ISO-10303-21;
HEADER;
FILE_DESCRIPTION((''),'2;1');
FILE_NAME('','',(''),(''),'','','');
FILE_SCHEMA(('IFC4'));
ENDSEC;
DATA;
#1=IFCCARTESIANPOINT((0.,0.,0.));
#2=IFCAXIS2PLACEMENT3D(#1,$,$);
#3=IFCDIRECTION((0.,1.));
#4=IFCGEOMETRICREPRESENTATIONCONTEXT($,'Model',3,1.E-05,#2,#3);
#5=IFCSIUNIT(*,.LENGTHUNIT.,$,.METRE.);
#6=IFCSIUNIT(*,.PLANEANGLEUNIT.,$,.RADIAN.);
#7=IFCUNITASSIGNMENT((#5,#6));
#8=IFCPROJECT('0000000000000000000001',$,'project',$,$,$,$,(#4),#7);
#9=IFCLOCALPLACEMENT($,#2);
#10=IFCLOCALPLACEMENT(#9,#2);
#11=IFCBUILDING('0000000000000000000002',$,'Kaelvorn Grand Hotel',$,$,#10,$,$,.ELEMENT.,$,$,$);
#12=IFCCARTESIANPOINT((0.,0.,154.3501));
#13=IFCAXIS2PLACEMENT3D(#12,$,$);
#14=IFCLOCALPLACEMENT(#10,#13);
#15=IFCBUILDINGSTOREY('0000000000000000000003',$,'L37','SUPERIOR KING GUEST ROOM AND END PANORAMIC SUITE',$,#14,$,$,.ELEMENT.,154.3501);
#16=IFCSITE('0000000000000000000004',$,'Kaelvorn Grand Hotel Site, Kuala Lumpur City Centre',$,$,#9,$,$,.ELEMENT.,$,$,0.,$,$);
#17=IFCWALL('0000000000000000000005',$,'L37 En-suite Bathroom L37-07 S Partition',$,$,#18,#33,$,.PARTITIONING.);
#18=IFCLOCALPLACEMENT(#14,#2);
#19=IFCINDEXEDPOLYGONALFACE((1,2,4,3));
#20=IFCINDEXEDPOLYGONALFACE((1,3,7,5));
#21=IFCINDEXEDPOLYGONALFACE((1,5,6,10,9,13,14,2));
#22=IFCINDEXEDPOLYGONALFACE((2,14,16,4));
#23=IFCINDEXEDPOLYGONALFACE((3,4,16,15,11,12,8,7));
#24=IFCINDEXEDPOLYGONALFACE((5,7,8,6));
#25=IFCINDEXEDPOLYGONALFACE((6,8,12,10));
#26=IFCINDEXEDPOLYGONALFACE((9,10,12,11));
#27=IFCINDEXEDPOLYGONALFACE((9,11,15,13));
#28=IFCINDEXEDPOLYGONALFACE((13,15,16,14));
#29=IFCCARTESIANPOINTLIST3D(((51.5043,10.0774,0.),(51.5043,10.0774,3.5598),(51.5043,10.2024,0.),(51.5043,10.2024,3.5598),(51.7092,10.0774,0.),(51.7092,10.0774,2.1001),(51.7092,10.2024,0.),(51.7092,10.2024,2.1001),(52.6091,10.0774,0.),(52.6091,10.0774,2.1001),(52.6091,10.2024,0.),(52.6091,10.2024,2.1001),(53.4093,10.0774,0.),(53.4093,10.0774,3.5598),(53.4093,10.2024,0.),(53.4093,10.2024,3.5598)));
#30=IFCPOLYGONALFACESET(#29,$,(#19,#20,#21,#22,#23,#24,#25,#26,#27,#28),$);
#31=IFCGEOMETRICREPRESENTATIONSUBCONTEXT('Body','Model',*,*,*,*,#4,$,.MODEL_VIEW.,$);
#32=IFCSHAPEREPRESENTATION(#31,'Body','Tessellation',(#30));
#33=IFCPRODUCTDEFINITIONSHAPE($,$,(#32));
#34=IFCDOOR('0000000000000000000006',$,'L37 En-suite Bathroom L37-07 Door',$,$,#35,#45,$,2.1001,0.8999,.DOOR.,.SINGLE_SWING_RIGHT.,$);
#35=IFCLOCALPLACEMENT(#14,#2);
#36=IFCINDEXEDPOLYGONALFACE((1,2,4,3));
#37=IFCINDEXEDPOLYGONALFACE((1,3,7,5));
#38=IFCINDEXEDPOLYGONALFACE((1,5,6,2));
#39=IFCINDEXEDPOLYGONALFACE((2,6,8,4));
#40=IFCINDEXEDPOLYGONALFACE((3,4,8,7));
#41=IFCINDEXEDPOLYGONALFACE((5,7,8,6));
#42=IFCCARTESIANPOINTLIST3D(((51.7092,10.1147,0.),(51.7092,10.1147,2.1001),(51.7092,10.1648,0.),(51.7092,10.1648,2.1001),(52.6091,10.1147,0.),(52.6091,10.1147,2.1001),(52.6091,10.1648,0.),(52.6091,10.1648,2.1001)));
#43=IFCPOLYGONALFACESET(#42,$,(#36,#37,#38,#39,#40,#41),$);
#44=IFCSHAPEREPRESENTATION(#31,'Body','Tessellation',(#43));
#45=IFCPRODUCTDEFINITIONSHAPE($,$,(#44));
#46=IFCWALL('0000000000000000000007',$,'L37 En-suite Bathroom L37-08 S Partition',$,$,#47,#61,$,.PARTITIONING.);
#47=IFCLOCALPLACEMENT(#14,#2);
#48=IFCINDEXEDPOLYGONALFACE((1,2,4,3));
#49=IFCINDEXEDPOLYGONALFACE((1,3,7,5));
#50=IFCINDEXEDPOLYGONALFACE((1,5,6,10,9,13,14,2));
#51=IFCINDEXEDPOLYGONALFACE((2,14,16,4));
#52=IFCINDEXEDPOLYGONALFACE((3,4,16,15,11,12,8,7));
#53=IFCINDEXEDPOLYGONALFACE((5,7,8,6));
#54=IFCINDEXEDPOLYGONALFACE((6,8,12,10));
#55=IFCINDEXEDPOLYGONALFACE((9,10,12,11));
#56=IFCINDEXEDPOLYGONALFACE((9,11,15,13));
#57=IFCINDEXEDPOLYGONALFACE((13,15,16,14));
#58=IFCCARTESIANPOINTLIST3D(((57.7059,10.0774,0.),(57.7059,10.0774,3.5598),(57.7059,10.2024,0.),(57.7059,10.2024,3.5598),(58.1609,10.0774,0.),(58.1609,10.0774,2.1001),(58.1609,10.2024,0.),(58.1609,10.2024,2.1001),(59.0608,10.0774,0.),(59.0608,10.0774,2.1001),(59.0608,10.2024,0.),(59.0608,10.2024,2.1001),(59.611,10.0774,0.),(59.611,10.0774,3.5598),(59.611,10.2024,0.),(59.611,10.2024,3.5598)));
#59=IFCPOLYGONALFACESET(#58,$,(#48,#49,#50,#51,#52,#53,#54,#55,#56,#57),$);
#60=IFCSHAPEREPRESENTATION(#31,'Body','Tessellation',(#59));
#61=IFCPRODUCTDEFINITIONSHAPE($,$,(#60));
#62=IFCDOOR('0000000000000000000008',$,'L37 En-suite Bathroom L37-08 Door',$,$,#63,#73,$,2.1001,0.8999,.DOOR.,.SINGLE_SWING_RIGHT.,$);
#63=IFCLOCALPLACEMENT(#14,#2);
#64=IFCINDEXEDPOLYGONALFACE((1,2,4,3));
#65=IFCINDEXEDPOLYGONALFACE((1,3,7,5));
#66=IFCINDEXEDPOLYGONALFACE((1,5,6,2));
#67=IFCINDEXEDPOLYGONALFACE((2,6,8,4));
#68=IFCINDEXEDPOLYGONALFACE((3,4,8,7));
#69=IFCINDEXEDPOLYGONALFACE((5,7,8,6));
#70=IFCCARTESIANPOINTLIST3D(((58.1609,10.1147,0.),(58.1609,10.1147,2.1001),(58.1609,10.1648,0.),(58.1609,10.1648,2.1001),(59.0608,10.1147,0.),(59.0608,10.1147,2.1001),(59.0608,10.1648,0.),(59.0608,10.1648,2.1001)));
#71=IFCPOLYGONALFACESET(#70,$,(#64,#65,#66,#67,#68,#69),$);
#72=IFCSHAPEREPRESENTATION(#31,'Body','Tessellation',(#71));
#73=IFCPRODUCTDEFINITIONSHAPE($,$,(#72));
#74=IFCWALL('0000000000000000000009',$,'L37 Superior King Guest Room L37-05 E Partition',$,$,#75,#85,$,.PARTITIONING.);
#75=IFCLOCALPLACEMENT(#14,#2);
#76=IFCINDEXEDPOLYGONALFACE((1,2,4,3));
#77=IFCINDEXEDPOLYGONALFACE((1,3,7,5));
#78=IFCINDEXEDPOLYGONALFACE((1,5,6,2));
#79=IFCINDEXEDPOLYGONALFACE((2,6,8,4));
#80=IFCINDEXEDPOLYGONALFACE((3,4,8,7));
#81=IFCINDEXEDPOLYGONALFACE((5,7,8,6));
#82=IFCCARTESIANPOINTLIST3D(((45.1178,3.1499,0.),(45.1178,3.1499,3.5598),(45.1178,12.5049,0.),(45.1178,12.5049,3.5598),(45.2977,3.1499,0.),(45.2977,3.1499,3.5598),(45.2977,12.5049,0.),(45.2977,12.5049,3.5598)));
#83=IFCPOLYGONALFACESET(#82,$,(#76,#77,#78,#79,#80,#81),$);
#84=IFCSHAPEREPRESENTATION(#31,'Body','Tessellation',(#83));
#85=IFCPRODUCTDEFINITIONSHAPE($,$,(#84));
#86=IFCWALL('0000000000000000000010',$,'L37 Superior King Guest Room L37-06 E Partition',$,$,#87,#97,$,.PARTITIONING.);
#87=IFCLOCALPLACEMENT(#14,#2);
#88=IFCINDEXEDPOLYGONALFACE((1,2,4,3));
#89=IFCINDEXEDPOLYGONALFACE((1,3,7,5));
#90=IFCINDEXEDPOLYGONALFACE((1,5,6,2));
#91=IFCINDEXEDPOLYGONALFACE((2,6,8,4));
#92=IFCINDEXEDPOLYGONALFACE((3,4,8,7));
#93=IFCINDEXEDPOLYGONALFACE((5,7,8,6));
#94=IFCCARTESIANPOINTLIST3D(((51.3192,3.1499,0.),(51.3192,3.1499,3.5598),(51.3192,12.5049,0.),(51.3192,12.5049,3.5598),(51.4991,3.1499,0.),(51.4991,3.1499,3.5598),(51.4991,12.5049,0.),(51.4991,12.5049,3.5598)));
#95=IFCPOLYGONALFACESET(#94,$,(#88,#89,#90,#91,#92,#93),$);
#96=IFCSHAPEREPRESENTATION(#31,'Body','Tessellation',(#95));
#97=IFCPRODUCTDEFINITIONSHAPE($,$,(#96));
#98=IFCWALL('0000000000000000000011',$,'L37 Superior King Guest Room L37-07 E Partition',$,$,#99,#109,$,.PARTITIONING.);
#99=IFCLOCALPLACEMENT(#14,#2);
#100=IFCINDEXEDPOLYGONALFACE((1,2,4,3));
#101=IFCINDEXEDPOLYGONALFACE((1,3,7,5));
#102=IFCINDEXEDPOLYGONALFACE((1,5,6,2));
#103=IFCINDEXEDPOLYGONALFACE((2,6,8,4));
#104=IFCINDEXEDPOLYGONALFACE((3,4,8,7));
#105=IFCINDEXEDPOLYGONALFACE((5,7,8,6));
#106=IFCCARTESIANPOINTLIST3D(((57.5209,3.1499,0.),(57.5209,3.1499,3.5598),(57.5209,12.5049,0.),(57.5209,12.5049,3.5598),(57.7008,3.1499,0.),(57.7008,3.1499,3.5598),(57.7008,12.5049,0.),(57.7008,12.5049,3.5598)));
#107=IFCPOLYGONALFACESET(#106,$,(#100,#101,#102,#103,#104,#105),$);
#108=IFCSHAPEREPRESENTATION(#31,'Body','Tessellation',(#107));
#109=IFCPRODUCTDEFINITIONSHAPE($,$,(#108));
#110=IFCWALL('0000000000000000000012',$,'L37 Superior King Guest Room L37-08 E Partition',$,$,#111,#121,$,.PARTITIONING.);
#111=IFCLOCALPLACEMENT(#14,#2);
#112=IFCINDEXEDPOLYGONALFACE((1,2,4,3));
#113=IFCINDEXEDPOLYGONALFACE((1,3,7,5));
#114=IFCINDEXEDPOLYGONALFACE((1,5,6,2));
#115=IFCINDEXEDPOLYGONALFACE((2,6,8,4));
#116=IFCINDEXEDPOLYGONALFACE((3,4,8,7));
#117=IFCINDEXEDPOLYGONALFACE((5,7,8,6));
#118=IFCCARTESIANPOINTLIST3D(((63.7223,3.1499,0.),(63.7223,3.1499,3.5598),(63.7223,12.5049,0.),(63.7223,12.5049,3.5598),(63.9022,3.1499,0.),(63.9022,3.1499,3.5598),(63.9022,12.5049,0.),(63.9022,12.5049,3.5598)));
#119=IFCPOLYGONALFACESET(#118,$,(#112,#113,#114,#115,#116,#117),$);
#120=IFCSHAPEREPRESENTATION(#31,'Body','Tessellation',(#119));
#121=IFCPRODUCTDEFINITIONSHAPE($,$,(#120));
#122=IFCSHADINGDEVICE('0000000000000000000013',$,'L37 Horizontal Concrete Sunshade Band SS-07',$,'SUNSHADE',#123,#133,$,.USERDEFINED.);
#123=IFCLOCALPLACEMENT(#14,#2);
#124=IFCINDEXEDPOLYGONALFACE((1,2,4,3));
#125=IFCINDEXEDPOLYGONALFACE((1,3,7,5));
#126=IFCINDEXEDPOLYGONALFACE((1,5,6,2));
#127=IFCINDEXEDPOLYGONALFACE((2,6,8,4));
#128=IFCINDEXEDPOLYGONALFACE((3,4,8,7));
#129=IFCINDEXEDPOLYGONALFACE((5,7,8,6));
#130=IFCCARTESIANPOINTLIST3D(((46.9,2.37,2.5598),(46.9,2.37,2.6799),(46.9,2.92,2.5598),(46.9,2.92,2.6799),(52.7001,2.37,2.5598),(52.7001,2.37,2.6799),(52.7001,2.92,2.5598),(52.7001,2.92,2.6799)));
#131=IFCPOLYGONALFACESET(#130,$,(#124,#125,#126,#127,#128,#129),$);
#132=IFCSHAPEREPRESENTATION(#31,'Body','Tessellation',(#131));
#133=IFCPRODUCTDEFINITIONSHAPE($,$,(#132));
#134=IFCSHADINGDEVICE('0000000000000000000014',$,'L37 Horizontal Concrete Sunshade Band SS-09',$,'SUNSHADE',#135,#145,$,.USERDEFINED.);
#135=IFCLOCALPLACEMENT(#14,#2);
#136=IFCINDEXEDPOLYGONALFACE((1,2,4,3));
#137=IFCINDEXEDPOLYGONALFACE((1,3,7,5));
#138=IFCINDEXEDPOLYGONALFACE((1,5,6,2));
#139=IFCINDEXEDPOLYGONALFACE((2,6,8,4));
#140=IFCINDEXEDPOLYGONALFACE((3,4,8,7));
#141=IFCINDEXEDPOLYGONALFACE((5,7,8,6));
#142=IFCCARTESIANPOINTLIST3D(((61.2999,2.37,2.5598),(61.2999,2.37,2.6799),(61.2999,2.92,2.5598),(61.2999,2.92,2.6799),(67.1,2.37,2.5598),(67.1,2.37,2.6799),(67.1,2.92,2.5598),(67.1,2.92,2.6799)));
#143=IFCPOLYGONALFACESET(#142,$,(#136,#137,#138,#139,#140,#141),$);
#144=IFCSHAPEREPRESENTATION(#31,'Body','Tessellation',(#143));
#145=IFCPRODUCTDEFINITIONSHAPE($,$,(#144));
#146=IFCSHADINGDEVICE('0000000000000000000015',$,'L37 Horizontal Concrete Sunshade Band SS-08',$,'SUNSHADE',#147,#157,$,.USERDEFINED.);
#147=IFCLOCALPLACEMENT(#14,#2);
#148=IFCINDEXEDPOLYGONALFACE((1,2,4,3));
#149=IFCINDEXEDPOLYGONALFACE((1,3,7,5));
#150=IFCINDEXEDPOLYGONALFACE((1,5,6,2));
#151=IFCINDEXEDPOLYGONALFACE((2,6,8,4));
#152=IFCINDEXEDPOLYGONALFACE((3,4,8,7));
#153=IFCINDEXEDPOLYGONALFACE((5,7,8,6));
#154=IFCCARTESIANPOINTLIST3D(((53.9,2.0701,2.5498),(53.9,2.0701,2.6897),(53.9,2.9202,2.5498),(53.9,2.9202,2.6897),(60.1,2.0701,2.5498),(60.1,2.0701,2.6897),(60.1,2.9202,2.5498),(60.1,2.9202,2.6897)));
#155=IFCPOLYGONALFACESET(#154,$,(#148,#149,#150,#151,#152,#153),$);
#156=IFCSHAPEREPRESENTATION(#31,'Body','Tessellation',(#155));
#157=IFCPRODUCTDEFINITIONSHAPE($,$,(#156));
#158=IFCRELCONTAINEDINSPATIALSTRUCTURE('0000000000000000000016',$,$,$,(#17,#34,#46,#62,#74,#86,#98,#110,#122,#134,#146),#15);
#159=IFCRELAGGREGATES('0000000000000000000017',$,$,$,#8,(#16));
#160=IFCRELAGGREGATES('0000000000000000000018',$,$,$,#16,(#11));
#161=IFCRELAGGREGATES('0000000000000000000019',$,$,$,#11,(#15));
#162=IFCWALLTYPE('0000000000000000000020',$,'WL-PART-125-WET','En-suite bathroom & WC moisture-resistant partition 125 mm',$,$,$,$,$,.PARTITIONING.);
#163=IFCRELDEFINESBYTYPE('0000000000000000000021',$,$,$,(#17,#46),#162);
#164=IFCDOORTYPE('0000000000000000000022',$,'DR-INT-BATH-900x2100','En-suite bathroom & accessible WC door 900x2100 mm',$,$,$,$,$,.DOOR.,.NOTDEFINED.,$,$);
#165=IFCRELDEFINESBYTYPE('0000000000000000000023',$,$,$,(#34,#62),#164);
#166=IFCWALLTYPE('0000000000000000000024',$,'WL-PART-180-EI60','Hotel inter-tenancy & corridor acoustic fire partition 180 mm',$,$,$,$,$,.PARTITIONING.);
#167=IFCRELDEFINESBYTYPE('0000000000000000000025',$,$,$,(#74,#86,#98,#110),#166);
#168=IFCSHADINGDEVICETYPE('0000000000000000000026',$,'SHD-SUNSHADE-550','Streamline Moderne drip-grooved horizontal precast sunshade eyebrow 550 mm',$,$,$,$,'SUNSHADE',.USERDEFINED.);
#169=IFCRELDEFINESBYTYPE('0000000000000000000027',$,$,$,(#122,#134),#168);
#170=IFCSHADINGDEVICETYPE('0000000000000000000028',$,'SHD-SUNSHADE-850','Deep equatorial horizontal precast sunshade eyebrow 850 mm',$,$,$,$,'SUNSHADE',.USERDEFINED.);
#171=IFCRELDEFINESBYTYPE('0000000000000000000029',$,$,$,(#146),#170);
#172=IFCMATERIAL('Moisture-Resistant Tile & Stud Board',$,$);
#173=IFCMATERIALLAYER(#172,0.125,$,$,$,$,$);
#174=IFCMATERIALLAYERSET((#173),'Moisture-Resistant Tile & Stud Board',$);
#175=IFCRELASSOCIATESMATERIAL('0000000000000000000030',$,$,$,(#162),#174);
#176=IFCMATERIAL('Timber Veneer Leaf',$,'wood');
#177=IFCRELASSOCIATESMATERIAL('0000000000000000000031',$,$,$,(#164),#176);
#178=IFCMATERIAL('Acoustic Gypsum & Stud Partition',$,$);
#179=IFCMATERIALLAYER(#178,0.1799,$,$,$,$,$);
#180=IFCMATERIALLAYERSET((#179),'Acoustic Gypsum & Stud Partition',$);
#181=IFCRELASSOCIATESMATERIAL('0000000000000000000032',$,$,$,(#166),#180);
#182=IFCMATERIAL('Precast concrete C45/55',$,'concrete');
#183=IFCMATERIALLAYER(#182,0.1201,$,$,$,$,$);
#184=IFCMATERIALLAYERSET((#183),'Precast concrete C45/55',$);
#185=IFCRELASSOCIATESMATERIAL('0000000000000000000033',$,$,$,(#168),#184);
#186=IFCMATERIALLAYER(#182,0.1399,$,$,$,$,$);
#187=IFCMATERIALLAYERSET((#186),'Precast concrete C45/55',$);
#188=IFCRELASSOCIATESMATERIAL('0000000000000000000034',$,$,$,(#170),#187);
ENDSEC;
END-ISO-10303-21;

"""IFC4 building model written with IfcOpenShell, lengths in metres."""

from ifc_helpers import new_model, si_unit, direction, frame, frame_2d, origin, origin_2d, place, context, subcontext, project, spatial, rectangle, extrude, material, layer, layer_set, type_object, element, fill, save


model = new_model("IFC4")

# Units and contexts
model_context = context("Model", 3, precision=1e-05, world=origin(), true_north=direction((0.0, 1.0)))
body_context = subcontext(model_context, "Body", "Model", "MODEL_VIEW")
ifc_project = project(units=[si_unit("LENGTHUNIT", "METRE"), si_unit("PLANEANGLEUNIT", "RADIAN")], contexts=[model_context])

# Site, building, storey
site_placement = place(None, origin())
site = spatial("IfcSite", under=ifc_project, at=site_placement, Name="Kaelvorn Grand Hotel Site, Kuala Lumpur City Centre", CompositionType="ELEMENT", RefElevation=0.0)
building_placement = place(site_placement, origin())
building = spatial("IfcBuilding", under=site, at=building_placement, Name="Kaelvorn Grand Hotel", CompositionType="ELEMENT")
storey_placement = place(building_placement, frame((0.0, 0.0, 154.3501)))
storey = spatial("IfcBuildingStorey", under=building, at=storey_placement, Name="L37", Description="SUPERIOR KING GUEST ROOM AND END PANORAMIC SUITE", CompositionType="ELEMENT", Elevation=154.3501)

# Shared definitions
ifc_material_1 = material(Name="Moisture-Resistant Tile & Stud Board")
ifc_layer_1 = layer(ifc_material_1, 0.125)
ifc_layer_set_1 = layer_set([ifc_layer_1], Name="Moisture-Resistant Tile & Stud Board")
wall_type_1 = type_object("IfcWallType", Name="WL-PART-125-WET", Description="En-suite bathroom & WC moisture-resistant partition 125 mm", PredefinedType="PARTITIONING", material=ifc_layer_set_1)
ifc_material_2 = material(Name="Timber Veneer Leaf", Category="wood")
door_type = type_object("IfcDoorType", Name="DR-INT-BATH-900x2100", Description="En-suite bathroom & accessible WC door 900x2100 mm", OperationType="NOTDEFINED", PredefinedType="DOOR", material=ifc_material_2)

# Walls, openings, doors
wall_1_placement = place(storey_placement, frame((51.5042, 10.1399, 0.0), z_axis=(0.0, 0.0, 1.0), x_axis=(1.0, 0.0, 0.0)))
wall_1 = element("IfcWall", 1, at=wall_1_placement, inside=storey, type_object=wall_type_1, Name="L37 En-suite Bathroom L37-07 S Partition", PredefinedType="PARTITIONING", context=body_context, shape_type="SweptSolid", body=[
    extrude(rectangle(XDim=1.905, YDim=0.125, at=frame_2d((0.9526, 0.0))), origin(), (0.0, 0.0, 1.0), 3.5598),
])
opening_1_placement = place(wall_1_placement, frame((0.2051, 0.0, 0.0)))
opening_1 = element("IfcOpeningElement", 2, at=opening_1_placement, cuts=wall_1, PredefinedType="OPENING", context=body_context, shape_type="SweptSolid", body=[
    extrude(rectangle(XDim=0.8999, YDim=2.1001, at=frame_2d((0.45, 1.05))), frame((0.0, 0.0725, 0.0), z_axis=(0.0, -1.0, 0.0), x_axis=(1.0, 0.0, 0.0)), (0.0, 0.0, 1.0), 0.145),
])
door_1_placement = place(opening_1_placement, origin())
door_1 = element("IfcDoor", 3, at=door_1_placement, inside=storey, type_object=door_type, Name="L37 En-suite Bathroom L37-07 Door", OperationType="SINGLE_SWING_RIGHT", OverallHeight=2.1001, OverallWidth=0.8999, PredefinedType="DOOR", context=body_context, shape_type="SweptSolid", body=[
    extrude(rectangle(XDim=0.8999, YDim=2.1001, at=frame_2d((0.45, 1.05))), frame((0.0, 0.0249, 0.0), z_axis=(0.0, -1.0, 0.0), x_axis=(1.0, 0.0, 0.0)), (0.0, 0.0, 1.0), 0.05),
])
fill(opening_1, door_1)
wall_2_placement = place(storey_placement, frame((57.7058, 10.1399, 0.0), z_axis=(0.0, 0.0, 1.0), x_axis=(1.0, 0.0, 0.0)))
wall_2 = element("IfcWall", 4, at=wall_2_placement, inside=storey, type_object=wall_type_1, Name="L37 En-suite Bathroom L37-08 S Partition", PredefinedType="PARTITIONING", context=body_context, shape_type="SweptSolid", body=[
    extrude(rectangle(XDim=1.905, YDim=0.125, at=frame_2d((0.9526, 0.0))), origin(), (0.0, 0.0, 1.0), 3.5598),
])
opening_2_placement = place(wall_2_placement, frame((0.4551, 0.0, 0.0)))
opening_2 = element("IfcOpeningElement", 5, at=opening_2_placement, cuts=wall_2, PredefinedType="OPENING", context=body_context, shape_type="SweptSolid", body=[
    extrude(rectangle(XDim=0.8999, YDim=2.1001, at=frame_2d((0.45, 1.05))), frame((0.0, 0.0725, 0.0), z_axis=(0.0, -1.0, 0.0), x_axis=(1.0, 0.0, 0.0)), (0.0, 0.0, 1.0), 0.145),
])
door_2_placement = place(opening_2_placement, origin())
door_2 = element("IfcDoor", 6, at=door_2_placement, inside=storey, type_object=door_type, Name="L37 En-suite Bathroom L37-08 Door", OperationType="SINGLE_SWING_RIGHT", OverallHeight=2.1001, OverallWidth=0.8999, PredefinedType="DOOR", context=body_context, shape_type="SweptSolid", body=[
    extrude(rectangle(XDim=0.8999, YDim=2.1001, at=frame_2d((0.45, 1.05))), frame((0.0, 0.0249, 0.0), z_axis=(0.0, -1.0, 0.0), x_axis=(1.0, 0.0, 0.0)), (0.0, 0.0, 1.0), 0.05),
])
fill(opening_2, door_2)

# Walls
ifc_material_3 = material(Name="Acoustic Gypsum & Stud Partition")
ifc_layer_2 = layer(ifc_material_3, 0.1799)
ifc_layer_set_2 = layer_set([ifc_layer_2], Name="Acoustic Gypsum & Stud Partition")
wall_type_2 = type_object("IfcWallType", Name="WL-PART-180-EI60", Description="Hotel inter-tenancy & corridor acoustic fire partition 180 mm", PredefinedType="PARTITIONING", material=ifc_layer_set_2)
for number, where, z_axis, x_axis, name in (
    (7, (45.2078, 3.1499, 0.0), (0.0, 0.0, 1.0), (0.0, 1.0, 0.0), "L37 Superior King Guest Room L37-05 E Partition"),
    (8, (51.4092, 3.1499, 0.0), (0.0, 0.0, 1.0), (0.0, 1.0, 0.0), "L37 Superior King Guest Room L37-06 E Partition"),
    (9, (57.6108, 3.1499, 0.0), (0.0, 0.0, 1.0), (0.0, 1.0, 0.0), "L37 Superior King Guest Room L37-07 E Partition"),
    (10, (63.8123, 3.1499, 0.0), (0.0, 0.0, 1.0), (0.0, 1.0, 0.0), "L37 Superior King Guest Room L37-08 E Partition"),
):
    element("IfcWall", number, at=place(storey_placement, frame(where, z_axis=z_axis, x_axis=x_axis)), inside=storey, type_object=wall_type_2, Name=name, PredefinedType="PARTITIONING", context=body_context, shape_type="SweptSolid", body=[
        extrude(rectangle(XDim=9.355, YDim=0.1799, at=frame_2d((4.6775, 0.0))), origin(), (0.0, 0.0, 1.0), 3.5598),
    ])

# Shading devices
ifc_material_4 = material(Name="Precast concrete C45/55", Category="concrete")
ifc_layer_3 = layer(ifc_material_4, 0.1201)
ifc_layer_set_3 = layer_set([ifc_layer_3], Name="Precast concrete C45/55")
shading_device_type_1 = type_object("IfcShadingDeviceType", Name="SHD-SUNSHADE-550", Description="Streamline Moderne drip-grooved horizontal precast sunshade eyebrow 550 mm", ElementType="SUNSHADE", PredefinedType="USERDEFINED", material=ifc_layer_set_3)
for number, where, z_axis, x_axis, name in (
    (11, (49.8, 2.645, 2.5598), (0.0, 0.0, 1.0), (1.0, 0.0, 0.0), "L37 Horizontal Concrete Sunshade Band SS-07"),
    (12, (64.2, 2.645, 2.5598), (0.0, 0.0, 1.0), (1.0, 0.0, 0.0), "L37 Horizontal Concrete Sunshade Band SS-09"),
):
    element("IfcShadingDevice", number, at=place(storey_placement, frame(where, z_axis=z_axis, x_axis=x_axis)), inside=storey, type_object=shading_device_type_1, Name=name, ObjectType="SUNSHADE", PredefinedType="USERDEFINED", context=body_context, shape_type="SweptSolid", body=[
        extrude(rectangle(XDim=5.8, YDim=0.55, at=origin_2d()), origin(), (0.0, 0.0, 1.0), 0.1201),
    ])
ifc_layer_4 = layer(ifc_material_4, 0.1399)
ifc_layer_set_4 = layer_set([ifc_layer_4], Name="Precast concrete C45/55")
shading_device_type_2 = type_object("IfcShadingDeviceType", Name="SHD-SUNSHADE-850", Description="Deep equatorial horizontal precast sunshade eyebrow 850 mm", ElementType="SUNSHADE", PredefinedType="USERDEFINED", material=ifc_layer_set_4)
shading_device_placement = place(storey_placement, frame((57.0, 2.4951, 2.5498), z_axis=(0.0, 0.0, 1.0), x_axis=(1.0, 0.0, 0.0)))
element("IfcShadingDevice", 13, at=shading_device_placement, inside=storey, type_object=shading_device_type_2, Name="L37 Horizontal Concrete Sunshade Band SS-08", ObjectType="SUNSHADE", PredefinedType="USERDEFINED", context=body_context, shape_type="SweptSolid", body=[
    extrude(rectangle(XDim=6.2, YDim=0.8501, at=origin_2d()), origin(), (0.0, 0.0, 1.0), 0.1399),
])

save(model, "model.ifc")
